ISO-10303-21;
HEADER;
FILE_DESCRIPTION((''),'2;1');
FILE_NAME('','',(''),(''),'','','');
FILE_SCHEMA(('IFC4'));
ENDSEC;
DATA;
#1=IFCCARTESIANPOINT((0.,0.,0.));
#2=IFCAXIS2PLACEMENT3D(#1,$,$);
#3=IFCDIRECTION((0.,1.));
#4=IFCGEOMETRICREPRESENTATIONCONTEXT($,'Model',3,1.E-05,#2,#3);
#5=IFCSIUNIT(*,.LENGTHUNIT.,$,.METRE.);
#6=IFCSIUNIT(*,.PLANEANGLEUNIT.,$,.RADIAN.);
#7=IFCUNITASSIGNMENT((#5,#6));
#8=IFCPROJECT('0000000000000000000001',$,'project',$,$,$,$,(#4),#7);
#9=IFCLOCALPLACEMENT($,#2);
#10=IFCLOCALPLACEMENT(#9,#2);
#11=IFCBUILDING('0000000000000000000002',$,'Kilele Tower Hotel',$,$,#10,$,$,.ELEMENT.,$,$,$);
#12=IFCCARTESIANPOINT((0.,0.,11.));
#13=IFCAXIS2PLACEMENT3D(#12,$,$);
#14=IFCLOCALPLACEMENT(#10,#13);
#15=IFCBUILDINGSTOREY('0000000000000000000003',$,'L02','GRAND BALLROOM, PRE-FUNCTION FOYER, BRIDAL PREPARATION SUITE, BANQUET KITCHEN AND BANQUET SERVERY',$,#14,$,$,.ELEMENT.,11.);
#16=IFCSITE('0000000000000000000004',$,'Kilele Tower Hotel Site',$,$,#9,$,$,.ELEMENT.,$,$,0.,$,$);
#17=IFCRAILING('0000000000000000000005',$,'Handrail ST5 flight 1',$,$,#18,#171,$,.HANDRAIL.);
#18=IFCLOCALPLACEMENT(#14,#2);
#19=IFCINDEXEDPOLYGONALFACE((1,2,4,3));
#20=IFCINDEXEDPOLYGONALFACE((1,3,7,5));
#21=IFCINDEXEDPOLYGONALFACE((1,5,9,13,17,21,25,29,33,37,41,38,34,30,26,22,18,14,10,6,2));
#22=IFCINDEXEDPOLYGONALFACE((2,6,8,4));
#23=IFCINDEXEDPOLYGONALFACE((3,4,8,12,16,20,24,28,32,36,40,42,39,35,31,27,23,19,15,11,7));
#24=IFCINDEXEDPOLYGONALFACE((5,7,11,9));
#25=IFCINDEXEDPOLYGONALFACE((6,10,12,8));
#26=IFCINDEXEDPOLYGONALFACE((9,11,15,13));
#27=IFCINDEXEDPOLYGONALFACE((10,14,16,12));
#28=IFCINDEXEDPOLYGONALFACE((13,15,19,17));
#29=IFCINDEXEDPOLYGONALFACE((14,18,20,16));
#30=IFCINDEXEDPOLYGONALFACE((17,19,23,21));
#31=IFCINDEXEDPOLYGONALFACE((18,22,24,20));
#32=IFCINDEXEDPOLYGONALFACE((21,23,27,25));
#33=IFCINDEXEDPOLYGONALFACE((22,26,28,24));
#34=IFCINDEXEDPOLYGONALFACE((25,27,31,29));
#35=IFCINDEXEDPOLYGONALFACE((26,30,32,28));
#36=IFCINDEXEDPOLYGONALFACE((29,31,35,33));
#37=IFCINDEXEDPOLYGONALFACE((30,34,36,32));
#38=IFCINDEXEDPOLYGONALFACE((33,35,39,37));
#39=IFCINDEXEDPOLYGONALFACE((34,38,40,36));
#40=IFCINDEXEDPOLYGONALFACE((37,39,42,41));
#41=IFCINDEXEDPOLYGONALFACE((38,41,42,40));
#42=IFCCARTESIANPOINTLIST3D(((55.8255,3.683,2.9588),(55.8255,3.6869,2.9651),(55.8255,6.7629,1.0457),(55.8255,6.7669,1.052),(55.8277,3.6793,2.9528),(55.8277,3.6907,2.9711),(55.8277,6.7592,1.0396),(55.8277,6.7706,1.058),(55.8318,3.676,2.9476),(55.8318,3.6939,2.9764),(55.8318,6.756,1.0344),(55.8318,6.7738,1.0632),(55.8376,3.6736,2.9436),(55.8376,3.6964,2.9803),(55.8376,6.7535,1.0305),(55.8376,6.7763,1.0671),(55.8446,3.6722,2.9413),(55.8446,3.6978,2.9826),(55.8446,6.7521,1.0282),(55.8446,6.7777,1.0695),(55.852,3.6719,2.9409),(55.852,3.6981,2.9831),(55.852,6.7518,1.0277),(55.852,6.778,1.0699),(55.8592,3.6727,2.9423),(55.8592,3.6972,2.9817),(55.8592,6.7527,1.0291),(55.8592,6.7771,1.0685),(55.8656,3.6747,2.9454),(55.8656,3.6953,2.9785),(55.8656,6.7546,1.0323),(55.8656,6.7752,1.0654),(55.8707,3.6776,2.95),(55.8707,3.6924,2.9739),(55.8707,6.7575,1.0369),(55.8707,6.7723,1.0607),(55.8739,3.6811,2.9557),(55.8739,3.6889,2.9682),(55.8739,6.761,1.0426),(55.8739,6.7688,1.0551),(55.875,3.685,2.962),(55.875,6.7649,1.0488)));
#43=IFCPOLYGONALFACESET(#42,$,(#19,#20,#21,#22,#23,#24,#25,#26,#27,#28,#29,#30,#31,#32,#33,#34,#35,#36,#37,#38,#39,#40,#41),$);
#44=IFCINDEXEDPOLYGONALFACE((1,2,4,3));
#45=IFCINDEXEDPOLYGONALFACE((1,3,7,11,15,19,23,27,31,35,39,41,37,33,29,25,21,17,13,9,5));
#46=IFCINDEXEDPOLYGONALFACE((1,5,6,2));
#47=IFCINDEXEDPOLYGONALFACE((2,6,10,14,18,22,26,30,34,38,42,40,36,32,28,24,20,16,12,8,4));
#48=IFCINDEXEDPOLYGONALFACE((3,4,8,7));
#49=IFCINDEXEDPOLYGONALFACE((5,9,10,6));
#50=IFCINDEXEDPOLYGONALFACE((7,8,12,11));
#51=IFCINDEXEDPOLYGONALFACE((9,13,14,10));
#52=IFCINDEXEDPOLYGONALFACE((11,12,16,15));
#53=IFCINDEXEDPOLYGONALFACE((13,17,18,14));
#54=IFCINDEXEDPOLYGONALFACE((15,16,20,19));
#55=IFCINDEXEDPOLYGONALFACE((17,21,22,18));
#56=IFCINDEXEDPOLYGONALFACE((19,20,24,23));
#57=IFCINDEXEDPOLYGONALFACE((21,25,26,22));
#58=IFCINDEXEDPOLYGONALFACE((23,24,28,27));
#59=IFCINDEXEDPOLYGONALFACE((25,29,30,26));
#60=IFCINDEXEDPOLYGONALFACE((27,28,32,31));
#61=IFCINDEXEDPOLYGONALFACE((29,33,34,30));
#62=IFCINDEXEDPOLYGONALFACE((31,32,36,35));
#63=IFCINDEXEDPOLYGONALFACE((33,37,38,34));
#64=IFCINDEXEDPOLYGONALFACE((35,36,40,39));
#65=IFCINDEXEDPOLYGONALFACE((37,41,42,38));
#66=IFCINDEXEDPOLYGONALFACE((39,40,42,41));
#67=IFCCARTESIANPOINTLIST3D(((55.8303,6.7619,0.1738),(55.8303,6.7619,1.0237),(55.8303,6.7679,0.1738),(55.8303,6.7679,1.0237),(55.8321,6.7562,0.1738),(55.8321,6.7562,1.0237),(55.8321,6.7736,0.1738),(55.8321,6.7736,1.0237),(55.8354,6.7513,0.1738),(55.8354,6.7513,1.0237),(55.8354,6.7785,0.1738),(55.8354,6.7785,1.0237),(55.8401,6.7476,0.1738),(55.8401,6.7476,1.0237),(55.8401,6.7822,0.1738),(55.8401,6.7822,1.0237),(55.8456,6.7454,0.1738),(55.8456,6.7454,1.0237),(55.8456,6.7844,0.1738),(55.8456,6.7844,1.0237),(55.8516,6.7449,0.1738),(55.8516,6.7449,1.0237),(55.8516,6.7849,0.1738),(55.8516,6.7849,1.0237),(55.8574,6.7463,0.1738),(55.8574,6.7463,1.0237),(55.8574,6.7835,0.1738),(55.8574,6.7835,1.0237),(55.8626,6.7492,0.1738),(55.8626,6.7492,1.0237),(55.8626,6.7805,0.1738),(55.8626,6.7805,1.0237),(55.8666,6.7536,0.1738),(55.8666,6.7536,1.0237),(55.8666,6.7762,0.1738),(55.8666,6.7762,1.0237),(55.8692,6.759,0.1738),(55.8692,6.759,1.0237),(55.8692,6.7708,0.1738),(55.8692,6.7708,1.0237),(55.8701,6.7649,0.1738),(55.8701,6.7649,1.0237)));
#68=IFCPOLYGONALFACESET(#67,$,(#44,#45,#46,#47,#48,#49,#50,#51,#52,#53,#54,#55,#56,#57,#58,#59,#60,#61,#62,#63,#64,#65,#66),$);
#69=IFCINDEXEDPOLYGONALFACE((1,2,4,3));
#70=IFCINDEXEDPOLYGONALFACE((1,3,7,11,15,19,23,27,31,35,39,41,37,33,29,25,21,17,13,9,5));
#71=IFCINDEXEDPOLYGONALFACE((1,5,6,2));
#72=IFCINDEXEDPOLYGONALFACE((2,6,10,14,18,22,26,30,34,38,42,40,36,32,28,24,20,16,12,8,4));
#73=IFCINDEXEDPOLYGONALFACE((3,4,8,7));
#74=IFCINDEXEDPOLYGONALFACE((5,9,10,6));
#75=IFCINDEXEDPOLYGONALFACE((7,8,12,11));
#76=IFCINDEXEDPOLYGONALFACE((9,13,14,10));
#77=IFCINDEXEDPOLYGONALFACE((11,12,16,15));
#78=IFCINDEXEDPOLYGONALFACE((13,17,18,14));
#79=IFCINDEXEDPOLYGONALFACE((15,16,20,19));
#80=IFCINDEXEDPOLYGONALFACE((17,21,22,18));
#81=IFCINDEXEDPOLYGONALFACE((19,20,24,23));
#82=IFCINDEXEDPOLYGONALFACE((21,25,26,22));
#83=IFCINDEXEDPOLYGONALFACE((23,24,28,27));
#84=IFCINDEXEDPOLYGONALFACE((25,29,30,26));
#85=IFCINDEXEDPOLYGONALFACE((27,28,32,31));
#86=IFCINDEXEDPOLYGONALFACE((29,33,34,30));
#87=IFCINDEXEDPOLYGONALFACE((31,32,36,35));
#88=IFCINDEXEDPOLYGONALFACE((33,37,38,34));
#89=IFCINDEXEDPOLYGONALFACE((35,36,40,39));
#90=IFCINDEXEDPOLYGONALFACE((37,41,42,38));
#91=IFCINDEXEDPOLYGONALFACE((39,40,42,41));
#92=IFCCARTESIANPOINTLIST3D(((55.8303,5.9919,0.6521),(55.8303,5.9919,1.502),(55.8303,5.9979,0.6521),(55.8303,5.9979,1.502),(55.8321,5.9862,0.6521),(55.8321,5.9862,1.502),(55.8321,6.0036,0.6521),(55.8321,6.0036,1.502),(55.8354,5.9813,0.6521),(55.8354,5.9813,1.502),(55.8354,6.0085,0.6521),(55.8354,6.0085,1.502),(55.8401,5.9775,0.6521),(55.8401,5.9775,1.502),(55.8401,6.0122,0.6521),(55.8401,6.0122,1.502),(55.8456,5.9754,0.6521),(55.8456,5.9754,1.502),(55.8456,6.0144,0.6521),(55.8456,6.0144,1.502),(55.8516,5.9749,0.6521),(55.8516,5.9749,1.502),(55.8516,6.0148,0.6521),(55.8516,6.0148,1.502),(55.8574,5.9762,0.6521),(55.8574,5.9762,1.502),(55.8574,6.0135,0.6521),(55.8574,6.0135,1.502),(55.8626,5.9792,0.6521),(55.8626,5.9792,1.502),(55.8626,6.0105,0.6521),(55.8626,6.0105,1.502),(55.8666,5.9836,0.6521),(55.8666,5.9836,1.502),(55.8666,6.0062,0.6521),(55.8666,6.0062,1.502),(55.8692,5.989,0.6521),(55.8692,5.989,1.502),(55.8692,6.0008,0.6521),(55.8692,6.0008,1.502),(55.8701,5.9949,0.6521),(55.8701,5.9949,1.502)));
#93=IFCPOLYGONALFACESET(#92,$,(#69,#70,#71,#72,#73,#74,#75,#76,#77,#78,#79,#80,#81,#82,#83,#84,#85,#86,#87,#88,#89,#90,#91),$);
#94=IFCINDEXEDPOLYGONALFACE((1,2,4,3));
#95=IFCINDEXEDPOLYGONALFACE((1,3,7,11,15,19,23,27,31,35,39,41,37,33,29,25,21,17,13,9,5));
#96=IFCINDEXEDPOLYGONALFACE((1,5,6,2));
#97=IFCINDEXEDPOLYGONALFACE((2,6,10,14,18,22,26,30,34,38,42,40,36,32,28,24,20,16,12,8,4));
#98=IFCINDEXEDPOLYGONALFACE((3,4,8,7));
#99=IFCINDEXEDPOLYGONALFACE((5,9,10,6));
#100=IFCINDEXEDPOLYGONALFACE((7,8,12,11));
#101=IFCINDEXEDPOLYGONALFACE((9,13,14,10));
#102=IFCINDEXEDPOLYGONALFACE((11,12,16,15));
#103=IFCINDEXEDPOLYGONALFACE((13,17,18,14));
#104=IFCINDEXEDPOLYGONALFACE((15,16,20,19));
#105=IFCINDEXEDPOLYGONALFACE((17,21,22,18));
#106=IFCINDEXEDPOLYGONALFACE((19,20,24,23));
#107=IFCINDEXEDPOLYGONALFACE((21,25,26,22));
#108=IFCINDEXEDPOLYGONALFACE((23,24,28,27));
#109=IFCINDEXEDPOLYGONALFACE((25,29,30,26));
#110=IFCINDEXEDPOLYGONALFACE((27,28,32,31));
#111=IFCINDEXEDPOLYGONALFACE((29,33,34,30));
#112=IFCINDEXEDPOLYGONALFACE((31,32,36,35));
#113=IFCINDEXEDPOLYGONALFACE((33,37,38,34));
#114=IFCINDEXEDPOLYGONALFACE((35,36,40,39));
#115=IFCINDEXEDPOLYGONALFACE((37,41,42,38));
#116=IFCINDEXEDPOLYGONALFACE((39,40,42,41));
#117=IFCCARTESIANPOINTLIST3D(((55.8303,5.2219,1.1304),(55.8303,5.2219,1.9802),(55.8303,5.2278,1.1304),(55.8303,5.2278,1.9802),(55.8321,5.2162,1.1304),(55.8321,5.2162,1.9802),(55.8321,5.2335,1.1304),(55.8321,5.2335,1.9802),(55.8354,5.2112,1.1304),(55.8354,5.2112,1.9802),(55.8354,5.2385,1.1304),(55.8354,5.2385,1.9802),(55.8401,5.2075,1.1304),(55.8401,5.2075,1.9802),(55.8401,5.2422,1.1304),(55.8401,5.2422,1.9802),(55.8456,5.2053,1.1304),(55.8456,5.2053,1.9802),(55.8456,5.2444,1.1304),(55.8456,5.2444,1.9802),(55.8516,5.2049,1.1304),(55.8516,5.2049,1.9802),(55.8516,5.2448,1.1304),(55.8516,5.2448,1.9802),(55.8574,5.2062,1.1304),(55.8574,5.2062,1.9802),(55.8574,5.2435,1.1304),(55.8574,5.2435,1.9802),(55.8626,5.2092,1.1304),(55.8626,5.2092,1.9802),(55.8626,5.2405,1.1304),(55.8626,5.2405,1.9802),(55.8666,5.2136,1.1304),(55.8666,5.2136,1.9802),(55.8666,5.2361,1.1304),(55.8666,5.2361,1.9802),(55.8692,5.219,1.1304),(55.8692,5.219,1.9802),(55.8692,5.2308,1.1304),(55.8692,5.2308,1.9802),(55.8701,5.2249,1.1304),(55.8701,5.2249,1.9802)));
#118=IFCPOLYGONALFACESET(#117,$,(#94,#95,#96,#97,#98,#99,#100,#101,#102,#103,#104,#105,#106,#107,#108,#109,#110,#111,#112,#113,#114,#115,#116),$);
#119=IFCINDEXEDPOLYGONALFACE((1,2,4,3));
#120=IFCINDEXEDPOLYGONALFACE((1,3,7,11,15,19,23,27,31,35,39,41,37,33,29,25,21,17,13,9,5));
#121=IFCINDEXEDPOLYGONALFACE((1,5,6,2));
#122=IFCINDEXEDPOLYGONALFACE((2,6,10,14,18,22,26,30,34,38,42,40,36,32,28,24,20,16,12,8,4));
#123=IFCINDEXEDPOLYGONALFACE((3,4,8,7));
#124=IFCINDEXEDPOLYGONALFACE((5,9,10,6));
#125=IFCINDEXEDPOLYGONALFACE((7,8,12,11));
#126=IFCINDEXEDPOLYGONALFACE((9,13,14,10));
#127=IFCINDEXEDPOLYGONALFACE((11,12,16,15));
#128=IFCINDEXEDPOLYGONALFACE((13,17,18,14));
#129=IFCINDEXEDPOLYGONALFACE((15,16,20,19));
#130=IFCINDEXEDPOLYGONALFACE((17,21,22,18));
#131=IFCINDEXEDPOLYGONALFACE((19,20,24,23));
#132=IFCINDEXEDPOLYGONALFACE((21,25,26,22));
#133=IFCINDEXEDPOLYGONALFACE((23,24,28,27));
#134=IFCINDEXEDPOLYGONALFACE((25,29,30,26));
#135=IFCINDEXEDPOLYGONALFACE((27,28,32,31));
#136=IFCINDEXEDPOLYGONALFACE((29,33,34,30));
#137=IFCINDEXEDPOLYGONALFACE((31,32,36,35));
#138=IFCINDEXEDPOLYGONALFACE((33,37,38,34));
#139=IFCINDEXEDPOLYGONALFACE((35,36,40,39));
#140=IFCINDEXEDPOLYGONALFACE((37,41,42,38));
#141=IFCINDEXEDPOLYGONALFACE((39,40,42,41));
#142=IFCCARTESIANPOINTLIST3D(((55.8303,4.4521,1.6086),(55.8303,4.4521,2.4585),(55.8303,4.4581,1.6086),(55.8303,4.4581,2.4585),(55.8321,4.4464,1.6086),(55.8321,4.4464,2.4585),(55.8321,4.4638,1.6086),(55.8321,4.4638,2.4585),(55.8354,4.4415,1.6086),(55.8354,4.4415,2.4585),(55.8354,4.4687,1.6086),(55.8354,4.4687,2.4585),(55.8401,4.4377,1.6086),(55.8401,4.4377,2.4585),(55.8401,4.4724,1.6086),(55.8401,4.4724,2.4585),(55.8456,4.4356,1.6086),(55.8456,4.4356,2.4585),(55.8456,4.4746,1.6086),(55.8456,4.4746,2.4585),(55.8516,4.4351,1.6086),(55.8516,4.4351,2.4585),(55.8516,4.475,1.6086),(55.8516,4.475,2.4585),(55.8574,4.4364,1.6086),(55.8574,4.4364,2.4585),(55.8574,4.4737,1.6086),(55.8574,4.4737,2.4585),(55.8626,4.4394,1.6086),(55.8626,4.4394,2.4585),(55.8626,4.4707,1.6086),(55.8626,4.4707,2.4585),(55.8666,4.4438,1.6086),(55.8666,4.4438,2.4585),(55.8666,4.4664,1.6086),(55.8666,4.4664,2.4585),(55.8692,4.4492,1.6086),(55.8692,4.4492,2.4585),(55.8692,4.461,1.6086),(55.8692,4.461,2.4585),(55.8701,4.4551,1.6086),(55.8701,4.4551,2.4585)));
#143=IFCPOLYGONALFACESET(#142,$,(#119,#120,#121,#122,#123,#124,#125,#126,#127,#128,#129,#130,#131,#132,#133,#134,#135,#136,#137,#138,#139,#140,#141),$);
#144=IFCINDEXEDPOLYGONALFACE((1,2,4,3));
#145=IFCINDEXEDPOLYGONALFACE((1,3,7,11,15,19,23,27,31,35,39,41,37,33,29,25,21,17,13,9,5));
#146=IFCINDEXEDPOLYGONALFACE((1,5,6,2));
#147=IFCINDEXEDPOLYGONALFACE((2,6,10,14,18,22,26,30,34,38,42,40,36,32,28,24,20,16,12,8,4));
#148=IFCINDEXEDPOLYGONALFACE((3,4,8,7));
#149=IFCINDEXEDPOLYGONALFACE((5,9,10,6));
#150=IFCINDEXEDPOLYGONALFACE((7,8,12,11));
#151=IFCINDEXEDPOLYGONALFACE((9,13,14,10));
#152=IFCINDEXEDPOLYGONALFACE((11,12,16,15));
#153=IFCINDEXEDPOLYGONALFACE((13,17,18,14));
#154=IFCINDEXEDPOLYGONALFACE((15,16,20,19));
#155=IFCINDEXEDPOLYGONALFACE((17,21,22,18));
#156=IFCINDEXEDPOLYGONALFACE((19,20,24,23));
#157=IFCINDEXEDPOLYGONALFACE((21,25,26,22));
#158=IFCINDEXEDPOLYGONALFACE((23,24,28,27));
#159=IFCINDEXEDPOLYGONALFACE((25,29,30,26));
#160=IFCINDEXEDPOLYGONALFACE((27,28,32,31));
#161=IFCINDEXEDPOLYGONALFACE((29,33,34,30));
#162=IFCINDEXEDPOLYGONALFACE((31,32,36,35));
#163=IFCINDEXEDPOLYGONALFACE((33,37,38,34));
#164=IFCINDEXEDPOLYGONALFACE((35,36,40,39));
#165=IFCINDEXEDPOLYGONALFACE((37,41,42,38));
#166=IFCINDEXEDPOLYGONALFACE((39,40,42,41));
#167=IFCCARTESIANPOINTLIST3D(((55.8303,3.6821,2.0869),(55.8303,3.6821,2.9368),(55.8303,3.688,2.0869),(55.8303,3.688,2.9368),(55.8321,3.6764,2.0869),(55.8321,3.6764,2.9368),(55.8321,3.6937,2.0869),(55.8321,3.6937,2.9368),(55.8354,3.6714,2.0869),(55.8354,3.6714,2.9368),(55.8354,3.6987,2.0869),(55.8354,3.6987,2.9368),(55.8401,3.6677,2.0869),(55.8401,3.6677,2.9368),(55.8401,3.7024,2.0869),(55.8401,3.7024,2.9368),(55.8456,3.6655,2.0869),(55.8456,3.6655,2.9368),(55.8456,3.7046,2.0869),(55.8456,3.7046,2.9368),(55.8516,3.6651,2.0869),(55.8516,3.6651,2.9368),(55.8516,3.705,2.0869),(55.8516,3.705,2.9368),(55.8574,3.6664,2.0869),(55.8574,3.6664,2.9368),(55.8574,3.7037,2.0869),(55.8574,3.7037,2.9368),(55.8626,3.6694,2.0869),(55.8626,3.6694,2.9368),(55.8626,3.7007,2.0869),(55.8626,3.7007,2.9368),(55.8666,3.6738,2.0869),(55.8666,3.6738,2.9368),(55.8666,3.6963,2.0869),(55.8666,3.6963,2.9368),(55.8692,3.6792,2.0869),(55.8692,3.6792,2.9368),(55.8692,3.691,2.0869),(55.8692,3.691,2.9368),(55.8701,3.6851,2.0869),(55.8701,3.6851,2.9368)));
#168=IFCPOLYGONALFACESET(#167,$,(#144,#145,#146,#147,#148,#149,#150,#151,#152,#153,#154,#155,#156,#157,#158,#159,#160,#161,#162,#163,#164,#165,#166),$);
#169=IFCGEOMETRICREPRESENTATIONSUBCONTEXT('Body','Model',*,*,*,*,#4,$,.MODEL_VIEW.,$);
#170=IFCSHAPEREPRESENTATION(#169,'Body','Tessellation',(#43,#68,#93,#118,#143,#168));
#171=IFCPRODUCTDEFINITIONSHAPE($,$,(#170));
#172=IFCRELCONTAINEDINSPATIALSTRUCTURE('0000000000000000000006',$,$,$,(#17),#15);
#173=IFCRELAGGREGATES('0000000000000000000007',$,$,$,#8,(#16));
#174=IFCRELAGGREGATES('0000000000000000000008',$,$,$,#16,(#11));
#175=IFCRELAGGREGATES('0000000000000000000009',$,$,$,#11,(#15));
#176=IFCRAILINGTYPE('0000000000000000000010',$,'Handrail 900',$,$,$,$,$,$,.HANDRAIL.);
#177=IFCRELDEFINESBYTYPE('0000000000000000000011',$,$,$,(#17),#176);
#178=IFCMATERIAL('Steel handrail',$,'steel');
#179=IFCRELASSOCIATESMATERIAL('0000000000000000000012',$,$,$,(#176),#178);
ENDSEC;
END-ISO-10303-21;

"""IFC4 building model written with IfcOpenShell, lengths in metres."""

from ifc_helpers import new_model, si_unit, direction, frame, origin, origin_2d, place, context, subcontext, project, spatial, circle, extrude, material, type_object, element, save


model = new_model("IFC4")

# Units and contexts
model_context = context("Model", 3, precision=1e-05, world=origin(), true_north=direction((0.0, 1.0)))
body_context = subcontext(model_context, "Body", "Model", "MODEL_VIEW")
ifc_project = project(units=[si_unit("LENGTHUNIT", "METRE"), si_unit("PLANEANGLEUNIT", "RADIAN")], contexts=[model_context])

# Site, building, storey
site_placement = place(None, origin())
site = spatial("IfcSite", under=ifc_project, at=site_placement, Name="Kilele Tower Hotel Site", CompositionType="ELEMENT", RefElevation=0.0)
building_placement = place(site_placement, origin())
building = spatial("IfcBuilding", under=site, at=building_placement, Name="Kilele Tower Hotel", CompositionType="ELEMENT")
storey_placement = place(building_placement, frame((0.0, 0.0, 11.0)))
storey = spatial("IfcBuildingStorey", under=building, at=storey_placement, Name="L02", Description="GRAND BALLROOM, PRE-FUNCTION FOYER, BRIDAL PREPARATION SUITE, BANQUET KITCHEN AND BANQUET SERVERY", CompositionType="ELEMENT", Elevation=11.0)

# Railing
ifc_material_1 = material(Name="Steel handrail", Category="steel")
railing_type_1 = type_object("IfcRailingType", Name="Handrail 900", PredefinedType="HANDRAIL", material=ifc_material_1)
for number, where, name in (
    (1, (55.8501, 6.7649, 0.1738), "Handrail ST5 flight 1"),
):
    element("IfcRailing", number, at=place(storey_placement, frame(where)), inside=storey, type_object=railing_type_1, Name=name, PredefinedType="HANDRAIL", context=body_context, shape_type="SweptSolid", body=[
        extrude(circle(Radius=0.0249, at=origin_2d()), frame((0.0, 0.0, 0.875), z_axis=(0.0, -0.849459, 0.527654), x_axis=(1.0, 0.0, 0.0)), (0.0, 0.0, 1.0), 3.6257),
        extrude(circle(Radius=0.02, at=origin_2d()), origin(), (0.0, 0.0, 1.0), 0.8499),
        extrude(circle(Radius=0.02, at=origin_2d()), frame((0.0, -0.77, 0.4783)), (0.0, 0.0, 1.0), 0.8499),
        extrude(circle(Radius=0.02, at=origin_2d()), frame((0.0, -1.54, 0.9565)), (0.0, 0.0, 1.0), 0.8499),
        extrude(circle(Radius=0.02, at=origin_2d()), frame((0.0, -2.3098, 1.4348)), (0.0, 0.0, 1.0), 0.8499),
        extrude(circle(Radius=0.02, at=origin_2d()), frame((0.0, -3.0798, 1.9131)), (0.0, 0.0, 1.0), 0.8499),
    ])

save(model, "model.ifc")
